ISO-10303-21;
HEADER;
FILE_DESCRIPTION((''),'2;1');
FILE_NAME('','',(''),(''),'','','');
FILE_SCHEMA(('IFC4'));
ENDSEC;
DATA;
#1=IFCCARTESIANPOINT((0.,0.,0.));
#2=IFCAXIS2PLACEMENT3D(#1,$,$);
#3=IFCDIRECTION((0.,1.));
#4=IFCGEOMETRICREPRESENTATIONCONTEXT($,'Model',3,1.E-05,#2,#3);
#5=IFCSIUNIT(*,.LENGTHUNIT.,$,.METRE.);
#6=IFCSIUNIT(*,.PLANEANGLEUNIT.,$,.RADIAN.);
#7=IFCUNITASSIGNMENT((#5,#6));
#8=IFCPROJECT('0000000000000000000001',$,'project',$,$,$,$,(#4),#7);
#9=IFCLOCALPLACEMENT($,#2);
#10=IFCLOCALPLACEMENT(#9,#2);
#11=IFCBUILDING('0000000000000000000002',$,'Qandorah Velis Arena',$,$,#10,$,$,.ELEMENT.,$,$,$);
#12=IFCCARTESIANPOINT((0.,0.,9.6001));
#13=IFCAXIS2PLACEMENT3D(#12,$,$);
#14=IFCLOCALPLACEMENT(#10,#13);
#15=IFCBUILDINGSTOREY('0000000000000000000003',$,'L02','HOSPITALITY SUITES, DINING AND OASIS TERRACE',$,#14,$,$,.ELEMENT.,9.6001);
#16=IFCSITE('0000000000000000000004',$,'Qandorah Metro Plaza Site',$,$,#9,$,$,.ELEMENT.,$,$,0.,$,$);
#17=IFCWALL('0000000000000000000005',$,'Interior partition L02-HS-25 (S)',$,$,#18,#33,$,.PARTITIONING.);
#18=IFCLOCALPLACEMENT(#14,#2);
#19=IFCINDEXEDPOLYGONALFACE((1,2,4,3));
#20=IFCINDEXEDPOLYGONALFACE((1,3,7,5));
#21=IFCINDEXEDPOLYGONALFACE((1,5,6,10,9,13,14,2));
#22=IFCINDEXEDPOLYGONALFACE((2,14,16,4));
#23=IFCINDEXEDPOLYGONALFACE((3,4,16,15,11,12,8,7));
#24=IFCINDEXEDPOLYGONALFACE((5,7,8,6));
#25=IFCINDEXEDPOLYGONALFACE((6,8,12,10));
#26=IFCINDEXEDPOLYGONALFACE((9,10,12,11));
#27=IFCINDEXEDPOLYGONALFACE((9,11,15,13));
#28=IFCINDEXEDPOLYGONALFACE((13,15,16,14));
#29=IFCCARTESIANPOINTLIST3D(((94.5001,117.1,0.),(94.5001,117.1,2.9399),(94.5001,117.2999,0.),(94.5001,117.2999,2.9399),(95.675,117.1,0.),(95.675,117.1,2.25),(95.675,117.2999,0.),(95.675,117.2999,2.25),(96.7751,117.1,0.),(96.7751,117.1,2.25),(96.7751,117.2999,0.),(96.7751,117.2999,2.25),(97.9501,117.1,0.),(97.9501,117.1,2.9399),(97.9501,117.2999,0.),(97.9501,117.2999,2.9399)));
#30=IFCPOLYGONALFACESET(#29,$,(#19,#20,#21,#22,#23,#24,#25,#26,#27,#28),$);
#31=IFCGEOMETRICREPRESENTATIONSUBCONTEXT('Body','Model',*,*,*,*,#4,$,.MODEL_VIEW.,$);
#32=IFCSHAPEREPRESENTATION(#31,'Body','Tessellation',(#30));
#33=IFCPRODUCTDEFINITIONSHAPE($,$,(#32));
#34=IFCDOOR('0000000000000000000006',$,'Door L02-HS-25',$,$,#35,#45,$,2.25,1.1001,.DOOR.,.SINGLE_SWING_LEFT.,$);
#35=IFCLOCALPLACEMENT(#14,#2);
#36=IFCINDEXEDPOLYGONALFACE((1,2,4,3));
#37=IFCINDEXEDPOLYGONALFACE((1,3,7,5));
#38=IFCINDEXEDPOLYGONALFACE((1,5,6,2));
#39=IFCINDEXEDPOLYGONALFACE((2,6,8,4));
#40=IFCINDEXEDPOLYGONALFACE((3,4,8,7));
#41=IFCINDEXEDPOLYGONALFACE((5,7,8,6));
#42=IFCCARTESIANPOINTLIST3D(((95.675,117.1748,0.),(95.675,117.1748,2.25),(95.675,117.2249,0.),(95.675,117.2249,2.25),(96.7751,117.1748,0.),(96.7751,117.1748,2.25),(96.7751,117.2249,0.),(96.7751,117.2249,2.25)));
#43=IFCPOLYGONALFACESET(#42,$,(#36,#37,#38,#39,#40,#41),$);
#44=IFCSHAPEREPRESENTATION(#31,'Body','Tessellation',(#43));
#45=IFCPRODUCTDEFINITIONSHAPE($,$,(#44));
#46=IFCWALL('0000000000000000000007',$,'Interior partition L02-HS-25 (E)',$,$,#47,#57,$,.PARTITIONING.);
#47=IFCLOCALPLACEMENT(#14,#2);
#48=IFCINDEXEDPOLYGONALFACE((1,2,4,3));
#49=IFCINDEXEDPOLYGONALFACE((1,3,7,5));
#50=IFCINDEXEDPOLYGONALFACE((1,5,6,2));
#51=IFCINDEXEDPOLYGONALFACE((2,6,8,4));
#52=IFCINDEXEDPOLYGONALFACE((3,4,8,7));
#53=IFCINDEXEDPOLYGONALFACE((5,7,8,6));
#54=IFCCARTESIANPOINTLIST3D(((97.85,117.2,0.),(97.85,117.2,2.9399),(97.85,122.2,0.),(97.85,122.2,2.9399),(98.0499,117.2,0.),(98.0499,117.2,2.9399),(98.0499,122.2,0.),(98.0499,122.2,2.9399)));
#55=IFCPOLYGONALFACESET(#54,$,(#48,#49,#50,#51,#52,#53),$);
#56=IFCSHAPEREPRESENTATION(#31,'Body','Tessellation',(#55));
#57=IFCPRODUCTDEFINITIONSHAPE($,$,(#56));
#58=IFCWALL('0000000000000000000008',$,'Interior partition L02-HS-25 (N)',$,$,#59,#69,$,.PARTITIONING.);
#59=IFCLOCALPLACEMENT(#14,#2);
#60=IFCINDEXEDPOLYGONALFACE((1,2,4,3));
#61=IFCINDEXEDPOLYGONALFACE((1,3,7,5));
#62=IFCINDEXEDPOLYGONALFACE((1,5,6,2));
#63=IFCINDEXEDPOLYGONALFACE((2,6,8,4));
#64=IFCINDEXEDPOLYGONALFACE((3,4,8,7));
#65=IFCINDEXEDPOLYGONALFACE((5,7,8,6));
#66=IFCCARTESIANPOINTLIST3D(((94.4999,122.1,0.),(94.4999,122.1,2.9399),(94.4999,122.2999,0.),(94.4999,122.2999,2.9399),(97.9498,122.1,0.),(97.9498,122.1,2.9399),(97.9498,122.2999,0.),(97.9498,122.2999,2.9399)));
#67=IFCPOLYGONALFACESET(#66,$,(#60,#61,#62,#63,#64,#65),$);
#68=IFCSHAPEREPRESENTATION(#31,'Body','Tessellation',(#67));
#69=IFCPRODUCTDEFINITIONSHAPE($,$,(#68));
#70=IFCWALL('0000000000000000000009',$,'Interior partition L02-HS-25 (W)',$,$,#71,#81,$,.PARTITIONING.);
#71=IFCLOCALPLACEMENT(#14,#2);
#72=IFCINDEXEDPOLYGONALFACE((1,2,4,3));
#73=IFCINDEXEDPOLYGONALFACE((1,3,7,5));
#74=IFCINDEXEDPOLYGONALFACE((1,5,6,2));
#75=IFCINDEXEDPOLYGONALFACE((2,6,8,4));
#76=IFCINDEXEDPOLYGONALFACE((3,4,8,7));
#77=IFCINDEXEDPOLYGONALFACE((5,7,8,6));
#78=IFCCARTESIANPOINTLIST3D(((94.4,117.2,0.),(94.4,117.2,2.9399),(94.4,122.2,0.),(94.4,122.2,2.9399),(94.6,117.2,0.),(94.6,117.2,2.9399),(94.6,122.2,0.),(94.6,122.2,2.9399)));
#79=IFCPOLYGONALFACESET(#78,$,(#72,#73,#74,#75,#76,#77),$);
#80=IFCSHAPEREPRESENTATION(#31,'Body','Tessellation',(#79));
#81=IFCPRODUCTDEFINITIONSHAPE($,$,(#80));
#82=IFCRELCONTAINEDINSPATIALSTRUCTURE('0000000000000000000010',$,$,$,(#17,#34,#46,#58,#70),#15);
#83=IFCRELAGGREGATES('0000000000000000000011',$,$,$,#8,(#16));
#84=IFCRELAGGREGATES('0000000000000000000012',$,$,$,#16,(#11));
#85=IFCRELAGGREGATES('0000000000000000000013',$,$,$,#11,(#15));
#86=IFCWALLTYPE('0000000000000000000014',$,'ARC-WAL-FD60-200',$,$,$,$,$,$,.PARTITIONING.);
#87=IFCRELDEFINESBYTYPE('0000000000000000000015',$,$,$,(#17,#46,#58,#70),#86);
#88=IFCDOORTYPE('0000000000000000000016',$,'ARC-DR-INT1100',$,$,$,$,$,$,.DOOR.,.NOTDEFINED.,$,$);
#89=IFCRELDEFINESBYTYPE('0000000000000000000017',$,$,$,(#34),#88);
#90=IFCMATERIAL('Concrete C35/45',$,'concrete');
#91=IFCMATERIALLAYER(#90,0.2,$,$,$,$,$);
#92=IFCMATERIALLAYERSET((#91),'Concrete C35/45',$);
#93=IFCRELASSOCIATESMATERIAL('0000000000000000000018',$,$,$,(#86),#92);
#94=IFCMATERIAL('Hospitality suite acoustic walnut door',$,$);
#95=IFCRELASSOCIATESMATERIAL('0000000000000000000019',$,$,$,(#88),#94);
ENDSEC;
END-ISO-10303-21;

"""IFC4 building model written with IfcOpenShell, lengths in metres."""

from ifc_helpers import new_model, si_unit, direction, frame, frame_2d, origin, place, context, subcontext, project, spatial, rectangle, extrude, material, layer, layer_set, type_object, element, fill, save


model = new_model("IFC4")

# Units and contexts
model_context = context("Model", 3, precision=1e-05, world=origin(), true_north=direction((0.0, 1.0)))
body_context = subcontext(model_context, "Body", "Model", "MODEL_VIEW")
ifc_project = project(units=[si_unit("LENGTHUNIT", "METRE"), si_unit("PLANEANGLEUNIT", "RADIAN")], contexts=[model_context])

# Site, building, storey
site_placement = place(None, origin())
site = spatial("IfcSite", under=ifc_project, at=site_placement, Name="Qandorah Metro Plaza Site", CompositionType="ELEMENT", RefElevation=0.0)
building_placement = place(site_placement, origin())
building = spatial("IfcBuilding", under=site, at=building_placement, Name="Qandorah Velis Arena", CompositionType="ELEMENT")
storey_placement = place(building_placement, frame((0.0, 0.0, 9.6001)))
storey = spatial("IfcBuildingStorey", under=building, at=storey_placement, Name="L02", Description="HOSPITALITY SUITES, DINING AND OASIS TERRACE", CompositionType="ELEMENT", Elevation=9.6001)

# Wall, opening, door
ifc_material_1 = material(Name="Concrete C35/45", Category="concrete")
ifc_layer_1 = layer(ifc_material_1, 0.2)
ifc_layer_set_1 = layer_set([ifc_layer_1], Name="Concrete C35/45")
wall_type_1 = type_object("IfcWallType", Name="ARC-WAL-FD60-200", PredefinedType="PARTITIONING", material=ifc_layer_set_1)
wall_1_placement = place(storey_placement, frame((94.5, 117.2, 0.0), z_axis=(0.0, 0.0, 1.0), x_axis=(1.0, 0.0, 0.0)))
wall_1 = element("IfcWall", 1, at=wall_1_placement, inside=storey, type_object=wall_type_1, Name="Interior partition L02-HS-25 (S)", PredefinedType="PARTITIONING", context=body_context, shape_type="SweptSolid", body=[
    extrude(rectangle(XDim=3.45, YDim=0.2, at=frame_2d((1.7251, 0.0))), origin(), (0.0, 0.0, 1.0), 2.9399),
])
opening_1_placement = place(wall_1_placement, frame((1.175, 0.0, 0.0)))
opening_1 = element("IfcOpeningElement", 2, at=opening_1_placement, cuts=wall_1, PredefinedType="OPENING", context=body_context, shape_type="SweptSolid", body=[
    extrude(rectangle(XDim=1.1001, YDim=2.25, at=frame_2d((0.55, 1.125))), frame((0.0, 0.1099, 0.0), z_axis=(0.0, -1.0, 0.0), x_axis=(1.0, 0.0, 0.0)), (0.0, 0.0, 1.0), 0.22),
])
ifc_material_2 = material(Name="Hospitality suite acoustic walnut door")
door_type_1 = type_object("IfcDoorType", Name="ARC-DR-INT1100", OperationType="NOTDEFINED", PredefinedType="DOOR", material=ifc_material_2)
door_1_placement = place(opening_1_placement, origin())
door_1 = element("IfcDoor", 3, at=door_1_placement, inside=storey, type_object=door_type_1, Name="Door L02-HS-25", OperationType="SINGLE_SWING_LEFT", OverallHeight=2.25, OverallWidth=1.1001, PredefinedType="DOOR", context=body_context, shape_type="SweptSolid", body=[
    extrude(rectangle(XDim=1.1001, YDim=2.25, at=frame_2d((0.55, 1.125))), frame((0.0, 0.0249, 0.0), z_axis=(0.0, -1.0, 0.0), x_axis=(1.0, 0.0, 0.0)), (0.0, 0.0, 1.0), 0.05),
])
fill(opening_1, door_1)

# Walls
wall_2_placement = place(storey_placement, frame((97.95, 117.2, 0.0), z_axis=(0.0, 0.0, 1.0), x_axis=(0.0, 1.0, 0.0)))
element("IfcWall", 4, at=wall_2_placement, inside=storey, type_object=wall_type_1, Name="Interior partition L02-HS-25 (E)", PredefinedType="PARTITIONING", context=body_context, shape_type="SweptSolid", body=[
    extrude(rectangle(XDim=5.0, YDim=0.2, at=frame_2d((2.5, 0.0))), origin(), (0.0, 0.0, 1.0), 2.9399),
])
wall_3_placement = place(storey_placement, frame((97.95, 122.2, 0.0), z_axis=(0.0, 0.0, 1.0), x_axis=(-1.0, 0.0, 0.0)))
element("IfcWall", 5, at=wall_3_placement, inside=storey, type_object=wall_type_1, Name="Interior partition L02-HS-25 (N)", PredefinedType="PARTITIONING", context=body_context, shape_type="SweptSolid", body=[
    extrude(rectangle(XDim=3.45, YDim=0.2, at=frame_2d((1.7251, 0.0))), origin(), (0.0, 0.0, 1.0), 2.9399),
])
wall_4_placement = place(storey_placement, frame((94.5, 122.2, 0.0), z_axis=(0.0, 0.0, 1.0), x_axis=(0.0, -1.0, 0.0)))
element("IfcWall", 6, at=wall_4_placement, inside=storey, type_object=wall_type_1, Name="Interior partition L02-HS-25 (W)", PredefinedType="PARTITIONING", context=body_context, shape_type="SweptSolid", body=[
    extrude(rectangle(XDim=5.0, YDim=0.2, at=frame_2d((2.5, 0.0))), origin(), (0.0, 0.0, 1.0), 2.9399),
])

save(model, "model.ifc")
